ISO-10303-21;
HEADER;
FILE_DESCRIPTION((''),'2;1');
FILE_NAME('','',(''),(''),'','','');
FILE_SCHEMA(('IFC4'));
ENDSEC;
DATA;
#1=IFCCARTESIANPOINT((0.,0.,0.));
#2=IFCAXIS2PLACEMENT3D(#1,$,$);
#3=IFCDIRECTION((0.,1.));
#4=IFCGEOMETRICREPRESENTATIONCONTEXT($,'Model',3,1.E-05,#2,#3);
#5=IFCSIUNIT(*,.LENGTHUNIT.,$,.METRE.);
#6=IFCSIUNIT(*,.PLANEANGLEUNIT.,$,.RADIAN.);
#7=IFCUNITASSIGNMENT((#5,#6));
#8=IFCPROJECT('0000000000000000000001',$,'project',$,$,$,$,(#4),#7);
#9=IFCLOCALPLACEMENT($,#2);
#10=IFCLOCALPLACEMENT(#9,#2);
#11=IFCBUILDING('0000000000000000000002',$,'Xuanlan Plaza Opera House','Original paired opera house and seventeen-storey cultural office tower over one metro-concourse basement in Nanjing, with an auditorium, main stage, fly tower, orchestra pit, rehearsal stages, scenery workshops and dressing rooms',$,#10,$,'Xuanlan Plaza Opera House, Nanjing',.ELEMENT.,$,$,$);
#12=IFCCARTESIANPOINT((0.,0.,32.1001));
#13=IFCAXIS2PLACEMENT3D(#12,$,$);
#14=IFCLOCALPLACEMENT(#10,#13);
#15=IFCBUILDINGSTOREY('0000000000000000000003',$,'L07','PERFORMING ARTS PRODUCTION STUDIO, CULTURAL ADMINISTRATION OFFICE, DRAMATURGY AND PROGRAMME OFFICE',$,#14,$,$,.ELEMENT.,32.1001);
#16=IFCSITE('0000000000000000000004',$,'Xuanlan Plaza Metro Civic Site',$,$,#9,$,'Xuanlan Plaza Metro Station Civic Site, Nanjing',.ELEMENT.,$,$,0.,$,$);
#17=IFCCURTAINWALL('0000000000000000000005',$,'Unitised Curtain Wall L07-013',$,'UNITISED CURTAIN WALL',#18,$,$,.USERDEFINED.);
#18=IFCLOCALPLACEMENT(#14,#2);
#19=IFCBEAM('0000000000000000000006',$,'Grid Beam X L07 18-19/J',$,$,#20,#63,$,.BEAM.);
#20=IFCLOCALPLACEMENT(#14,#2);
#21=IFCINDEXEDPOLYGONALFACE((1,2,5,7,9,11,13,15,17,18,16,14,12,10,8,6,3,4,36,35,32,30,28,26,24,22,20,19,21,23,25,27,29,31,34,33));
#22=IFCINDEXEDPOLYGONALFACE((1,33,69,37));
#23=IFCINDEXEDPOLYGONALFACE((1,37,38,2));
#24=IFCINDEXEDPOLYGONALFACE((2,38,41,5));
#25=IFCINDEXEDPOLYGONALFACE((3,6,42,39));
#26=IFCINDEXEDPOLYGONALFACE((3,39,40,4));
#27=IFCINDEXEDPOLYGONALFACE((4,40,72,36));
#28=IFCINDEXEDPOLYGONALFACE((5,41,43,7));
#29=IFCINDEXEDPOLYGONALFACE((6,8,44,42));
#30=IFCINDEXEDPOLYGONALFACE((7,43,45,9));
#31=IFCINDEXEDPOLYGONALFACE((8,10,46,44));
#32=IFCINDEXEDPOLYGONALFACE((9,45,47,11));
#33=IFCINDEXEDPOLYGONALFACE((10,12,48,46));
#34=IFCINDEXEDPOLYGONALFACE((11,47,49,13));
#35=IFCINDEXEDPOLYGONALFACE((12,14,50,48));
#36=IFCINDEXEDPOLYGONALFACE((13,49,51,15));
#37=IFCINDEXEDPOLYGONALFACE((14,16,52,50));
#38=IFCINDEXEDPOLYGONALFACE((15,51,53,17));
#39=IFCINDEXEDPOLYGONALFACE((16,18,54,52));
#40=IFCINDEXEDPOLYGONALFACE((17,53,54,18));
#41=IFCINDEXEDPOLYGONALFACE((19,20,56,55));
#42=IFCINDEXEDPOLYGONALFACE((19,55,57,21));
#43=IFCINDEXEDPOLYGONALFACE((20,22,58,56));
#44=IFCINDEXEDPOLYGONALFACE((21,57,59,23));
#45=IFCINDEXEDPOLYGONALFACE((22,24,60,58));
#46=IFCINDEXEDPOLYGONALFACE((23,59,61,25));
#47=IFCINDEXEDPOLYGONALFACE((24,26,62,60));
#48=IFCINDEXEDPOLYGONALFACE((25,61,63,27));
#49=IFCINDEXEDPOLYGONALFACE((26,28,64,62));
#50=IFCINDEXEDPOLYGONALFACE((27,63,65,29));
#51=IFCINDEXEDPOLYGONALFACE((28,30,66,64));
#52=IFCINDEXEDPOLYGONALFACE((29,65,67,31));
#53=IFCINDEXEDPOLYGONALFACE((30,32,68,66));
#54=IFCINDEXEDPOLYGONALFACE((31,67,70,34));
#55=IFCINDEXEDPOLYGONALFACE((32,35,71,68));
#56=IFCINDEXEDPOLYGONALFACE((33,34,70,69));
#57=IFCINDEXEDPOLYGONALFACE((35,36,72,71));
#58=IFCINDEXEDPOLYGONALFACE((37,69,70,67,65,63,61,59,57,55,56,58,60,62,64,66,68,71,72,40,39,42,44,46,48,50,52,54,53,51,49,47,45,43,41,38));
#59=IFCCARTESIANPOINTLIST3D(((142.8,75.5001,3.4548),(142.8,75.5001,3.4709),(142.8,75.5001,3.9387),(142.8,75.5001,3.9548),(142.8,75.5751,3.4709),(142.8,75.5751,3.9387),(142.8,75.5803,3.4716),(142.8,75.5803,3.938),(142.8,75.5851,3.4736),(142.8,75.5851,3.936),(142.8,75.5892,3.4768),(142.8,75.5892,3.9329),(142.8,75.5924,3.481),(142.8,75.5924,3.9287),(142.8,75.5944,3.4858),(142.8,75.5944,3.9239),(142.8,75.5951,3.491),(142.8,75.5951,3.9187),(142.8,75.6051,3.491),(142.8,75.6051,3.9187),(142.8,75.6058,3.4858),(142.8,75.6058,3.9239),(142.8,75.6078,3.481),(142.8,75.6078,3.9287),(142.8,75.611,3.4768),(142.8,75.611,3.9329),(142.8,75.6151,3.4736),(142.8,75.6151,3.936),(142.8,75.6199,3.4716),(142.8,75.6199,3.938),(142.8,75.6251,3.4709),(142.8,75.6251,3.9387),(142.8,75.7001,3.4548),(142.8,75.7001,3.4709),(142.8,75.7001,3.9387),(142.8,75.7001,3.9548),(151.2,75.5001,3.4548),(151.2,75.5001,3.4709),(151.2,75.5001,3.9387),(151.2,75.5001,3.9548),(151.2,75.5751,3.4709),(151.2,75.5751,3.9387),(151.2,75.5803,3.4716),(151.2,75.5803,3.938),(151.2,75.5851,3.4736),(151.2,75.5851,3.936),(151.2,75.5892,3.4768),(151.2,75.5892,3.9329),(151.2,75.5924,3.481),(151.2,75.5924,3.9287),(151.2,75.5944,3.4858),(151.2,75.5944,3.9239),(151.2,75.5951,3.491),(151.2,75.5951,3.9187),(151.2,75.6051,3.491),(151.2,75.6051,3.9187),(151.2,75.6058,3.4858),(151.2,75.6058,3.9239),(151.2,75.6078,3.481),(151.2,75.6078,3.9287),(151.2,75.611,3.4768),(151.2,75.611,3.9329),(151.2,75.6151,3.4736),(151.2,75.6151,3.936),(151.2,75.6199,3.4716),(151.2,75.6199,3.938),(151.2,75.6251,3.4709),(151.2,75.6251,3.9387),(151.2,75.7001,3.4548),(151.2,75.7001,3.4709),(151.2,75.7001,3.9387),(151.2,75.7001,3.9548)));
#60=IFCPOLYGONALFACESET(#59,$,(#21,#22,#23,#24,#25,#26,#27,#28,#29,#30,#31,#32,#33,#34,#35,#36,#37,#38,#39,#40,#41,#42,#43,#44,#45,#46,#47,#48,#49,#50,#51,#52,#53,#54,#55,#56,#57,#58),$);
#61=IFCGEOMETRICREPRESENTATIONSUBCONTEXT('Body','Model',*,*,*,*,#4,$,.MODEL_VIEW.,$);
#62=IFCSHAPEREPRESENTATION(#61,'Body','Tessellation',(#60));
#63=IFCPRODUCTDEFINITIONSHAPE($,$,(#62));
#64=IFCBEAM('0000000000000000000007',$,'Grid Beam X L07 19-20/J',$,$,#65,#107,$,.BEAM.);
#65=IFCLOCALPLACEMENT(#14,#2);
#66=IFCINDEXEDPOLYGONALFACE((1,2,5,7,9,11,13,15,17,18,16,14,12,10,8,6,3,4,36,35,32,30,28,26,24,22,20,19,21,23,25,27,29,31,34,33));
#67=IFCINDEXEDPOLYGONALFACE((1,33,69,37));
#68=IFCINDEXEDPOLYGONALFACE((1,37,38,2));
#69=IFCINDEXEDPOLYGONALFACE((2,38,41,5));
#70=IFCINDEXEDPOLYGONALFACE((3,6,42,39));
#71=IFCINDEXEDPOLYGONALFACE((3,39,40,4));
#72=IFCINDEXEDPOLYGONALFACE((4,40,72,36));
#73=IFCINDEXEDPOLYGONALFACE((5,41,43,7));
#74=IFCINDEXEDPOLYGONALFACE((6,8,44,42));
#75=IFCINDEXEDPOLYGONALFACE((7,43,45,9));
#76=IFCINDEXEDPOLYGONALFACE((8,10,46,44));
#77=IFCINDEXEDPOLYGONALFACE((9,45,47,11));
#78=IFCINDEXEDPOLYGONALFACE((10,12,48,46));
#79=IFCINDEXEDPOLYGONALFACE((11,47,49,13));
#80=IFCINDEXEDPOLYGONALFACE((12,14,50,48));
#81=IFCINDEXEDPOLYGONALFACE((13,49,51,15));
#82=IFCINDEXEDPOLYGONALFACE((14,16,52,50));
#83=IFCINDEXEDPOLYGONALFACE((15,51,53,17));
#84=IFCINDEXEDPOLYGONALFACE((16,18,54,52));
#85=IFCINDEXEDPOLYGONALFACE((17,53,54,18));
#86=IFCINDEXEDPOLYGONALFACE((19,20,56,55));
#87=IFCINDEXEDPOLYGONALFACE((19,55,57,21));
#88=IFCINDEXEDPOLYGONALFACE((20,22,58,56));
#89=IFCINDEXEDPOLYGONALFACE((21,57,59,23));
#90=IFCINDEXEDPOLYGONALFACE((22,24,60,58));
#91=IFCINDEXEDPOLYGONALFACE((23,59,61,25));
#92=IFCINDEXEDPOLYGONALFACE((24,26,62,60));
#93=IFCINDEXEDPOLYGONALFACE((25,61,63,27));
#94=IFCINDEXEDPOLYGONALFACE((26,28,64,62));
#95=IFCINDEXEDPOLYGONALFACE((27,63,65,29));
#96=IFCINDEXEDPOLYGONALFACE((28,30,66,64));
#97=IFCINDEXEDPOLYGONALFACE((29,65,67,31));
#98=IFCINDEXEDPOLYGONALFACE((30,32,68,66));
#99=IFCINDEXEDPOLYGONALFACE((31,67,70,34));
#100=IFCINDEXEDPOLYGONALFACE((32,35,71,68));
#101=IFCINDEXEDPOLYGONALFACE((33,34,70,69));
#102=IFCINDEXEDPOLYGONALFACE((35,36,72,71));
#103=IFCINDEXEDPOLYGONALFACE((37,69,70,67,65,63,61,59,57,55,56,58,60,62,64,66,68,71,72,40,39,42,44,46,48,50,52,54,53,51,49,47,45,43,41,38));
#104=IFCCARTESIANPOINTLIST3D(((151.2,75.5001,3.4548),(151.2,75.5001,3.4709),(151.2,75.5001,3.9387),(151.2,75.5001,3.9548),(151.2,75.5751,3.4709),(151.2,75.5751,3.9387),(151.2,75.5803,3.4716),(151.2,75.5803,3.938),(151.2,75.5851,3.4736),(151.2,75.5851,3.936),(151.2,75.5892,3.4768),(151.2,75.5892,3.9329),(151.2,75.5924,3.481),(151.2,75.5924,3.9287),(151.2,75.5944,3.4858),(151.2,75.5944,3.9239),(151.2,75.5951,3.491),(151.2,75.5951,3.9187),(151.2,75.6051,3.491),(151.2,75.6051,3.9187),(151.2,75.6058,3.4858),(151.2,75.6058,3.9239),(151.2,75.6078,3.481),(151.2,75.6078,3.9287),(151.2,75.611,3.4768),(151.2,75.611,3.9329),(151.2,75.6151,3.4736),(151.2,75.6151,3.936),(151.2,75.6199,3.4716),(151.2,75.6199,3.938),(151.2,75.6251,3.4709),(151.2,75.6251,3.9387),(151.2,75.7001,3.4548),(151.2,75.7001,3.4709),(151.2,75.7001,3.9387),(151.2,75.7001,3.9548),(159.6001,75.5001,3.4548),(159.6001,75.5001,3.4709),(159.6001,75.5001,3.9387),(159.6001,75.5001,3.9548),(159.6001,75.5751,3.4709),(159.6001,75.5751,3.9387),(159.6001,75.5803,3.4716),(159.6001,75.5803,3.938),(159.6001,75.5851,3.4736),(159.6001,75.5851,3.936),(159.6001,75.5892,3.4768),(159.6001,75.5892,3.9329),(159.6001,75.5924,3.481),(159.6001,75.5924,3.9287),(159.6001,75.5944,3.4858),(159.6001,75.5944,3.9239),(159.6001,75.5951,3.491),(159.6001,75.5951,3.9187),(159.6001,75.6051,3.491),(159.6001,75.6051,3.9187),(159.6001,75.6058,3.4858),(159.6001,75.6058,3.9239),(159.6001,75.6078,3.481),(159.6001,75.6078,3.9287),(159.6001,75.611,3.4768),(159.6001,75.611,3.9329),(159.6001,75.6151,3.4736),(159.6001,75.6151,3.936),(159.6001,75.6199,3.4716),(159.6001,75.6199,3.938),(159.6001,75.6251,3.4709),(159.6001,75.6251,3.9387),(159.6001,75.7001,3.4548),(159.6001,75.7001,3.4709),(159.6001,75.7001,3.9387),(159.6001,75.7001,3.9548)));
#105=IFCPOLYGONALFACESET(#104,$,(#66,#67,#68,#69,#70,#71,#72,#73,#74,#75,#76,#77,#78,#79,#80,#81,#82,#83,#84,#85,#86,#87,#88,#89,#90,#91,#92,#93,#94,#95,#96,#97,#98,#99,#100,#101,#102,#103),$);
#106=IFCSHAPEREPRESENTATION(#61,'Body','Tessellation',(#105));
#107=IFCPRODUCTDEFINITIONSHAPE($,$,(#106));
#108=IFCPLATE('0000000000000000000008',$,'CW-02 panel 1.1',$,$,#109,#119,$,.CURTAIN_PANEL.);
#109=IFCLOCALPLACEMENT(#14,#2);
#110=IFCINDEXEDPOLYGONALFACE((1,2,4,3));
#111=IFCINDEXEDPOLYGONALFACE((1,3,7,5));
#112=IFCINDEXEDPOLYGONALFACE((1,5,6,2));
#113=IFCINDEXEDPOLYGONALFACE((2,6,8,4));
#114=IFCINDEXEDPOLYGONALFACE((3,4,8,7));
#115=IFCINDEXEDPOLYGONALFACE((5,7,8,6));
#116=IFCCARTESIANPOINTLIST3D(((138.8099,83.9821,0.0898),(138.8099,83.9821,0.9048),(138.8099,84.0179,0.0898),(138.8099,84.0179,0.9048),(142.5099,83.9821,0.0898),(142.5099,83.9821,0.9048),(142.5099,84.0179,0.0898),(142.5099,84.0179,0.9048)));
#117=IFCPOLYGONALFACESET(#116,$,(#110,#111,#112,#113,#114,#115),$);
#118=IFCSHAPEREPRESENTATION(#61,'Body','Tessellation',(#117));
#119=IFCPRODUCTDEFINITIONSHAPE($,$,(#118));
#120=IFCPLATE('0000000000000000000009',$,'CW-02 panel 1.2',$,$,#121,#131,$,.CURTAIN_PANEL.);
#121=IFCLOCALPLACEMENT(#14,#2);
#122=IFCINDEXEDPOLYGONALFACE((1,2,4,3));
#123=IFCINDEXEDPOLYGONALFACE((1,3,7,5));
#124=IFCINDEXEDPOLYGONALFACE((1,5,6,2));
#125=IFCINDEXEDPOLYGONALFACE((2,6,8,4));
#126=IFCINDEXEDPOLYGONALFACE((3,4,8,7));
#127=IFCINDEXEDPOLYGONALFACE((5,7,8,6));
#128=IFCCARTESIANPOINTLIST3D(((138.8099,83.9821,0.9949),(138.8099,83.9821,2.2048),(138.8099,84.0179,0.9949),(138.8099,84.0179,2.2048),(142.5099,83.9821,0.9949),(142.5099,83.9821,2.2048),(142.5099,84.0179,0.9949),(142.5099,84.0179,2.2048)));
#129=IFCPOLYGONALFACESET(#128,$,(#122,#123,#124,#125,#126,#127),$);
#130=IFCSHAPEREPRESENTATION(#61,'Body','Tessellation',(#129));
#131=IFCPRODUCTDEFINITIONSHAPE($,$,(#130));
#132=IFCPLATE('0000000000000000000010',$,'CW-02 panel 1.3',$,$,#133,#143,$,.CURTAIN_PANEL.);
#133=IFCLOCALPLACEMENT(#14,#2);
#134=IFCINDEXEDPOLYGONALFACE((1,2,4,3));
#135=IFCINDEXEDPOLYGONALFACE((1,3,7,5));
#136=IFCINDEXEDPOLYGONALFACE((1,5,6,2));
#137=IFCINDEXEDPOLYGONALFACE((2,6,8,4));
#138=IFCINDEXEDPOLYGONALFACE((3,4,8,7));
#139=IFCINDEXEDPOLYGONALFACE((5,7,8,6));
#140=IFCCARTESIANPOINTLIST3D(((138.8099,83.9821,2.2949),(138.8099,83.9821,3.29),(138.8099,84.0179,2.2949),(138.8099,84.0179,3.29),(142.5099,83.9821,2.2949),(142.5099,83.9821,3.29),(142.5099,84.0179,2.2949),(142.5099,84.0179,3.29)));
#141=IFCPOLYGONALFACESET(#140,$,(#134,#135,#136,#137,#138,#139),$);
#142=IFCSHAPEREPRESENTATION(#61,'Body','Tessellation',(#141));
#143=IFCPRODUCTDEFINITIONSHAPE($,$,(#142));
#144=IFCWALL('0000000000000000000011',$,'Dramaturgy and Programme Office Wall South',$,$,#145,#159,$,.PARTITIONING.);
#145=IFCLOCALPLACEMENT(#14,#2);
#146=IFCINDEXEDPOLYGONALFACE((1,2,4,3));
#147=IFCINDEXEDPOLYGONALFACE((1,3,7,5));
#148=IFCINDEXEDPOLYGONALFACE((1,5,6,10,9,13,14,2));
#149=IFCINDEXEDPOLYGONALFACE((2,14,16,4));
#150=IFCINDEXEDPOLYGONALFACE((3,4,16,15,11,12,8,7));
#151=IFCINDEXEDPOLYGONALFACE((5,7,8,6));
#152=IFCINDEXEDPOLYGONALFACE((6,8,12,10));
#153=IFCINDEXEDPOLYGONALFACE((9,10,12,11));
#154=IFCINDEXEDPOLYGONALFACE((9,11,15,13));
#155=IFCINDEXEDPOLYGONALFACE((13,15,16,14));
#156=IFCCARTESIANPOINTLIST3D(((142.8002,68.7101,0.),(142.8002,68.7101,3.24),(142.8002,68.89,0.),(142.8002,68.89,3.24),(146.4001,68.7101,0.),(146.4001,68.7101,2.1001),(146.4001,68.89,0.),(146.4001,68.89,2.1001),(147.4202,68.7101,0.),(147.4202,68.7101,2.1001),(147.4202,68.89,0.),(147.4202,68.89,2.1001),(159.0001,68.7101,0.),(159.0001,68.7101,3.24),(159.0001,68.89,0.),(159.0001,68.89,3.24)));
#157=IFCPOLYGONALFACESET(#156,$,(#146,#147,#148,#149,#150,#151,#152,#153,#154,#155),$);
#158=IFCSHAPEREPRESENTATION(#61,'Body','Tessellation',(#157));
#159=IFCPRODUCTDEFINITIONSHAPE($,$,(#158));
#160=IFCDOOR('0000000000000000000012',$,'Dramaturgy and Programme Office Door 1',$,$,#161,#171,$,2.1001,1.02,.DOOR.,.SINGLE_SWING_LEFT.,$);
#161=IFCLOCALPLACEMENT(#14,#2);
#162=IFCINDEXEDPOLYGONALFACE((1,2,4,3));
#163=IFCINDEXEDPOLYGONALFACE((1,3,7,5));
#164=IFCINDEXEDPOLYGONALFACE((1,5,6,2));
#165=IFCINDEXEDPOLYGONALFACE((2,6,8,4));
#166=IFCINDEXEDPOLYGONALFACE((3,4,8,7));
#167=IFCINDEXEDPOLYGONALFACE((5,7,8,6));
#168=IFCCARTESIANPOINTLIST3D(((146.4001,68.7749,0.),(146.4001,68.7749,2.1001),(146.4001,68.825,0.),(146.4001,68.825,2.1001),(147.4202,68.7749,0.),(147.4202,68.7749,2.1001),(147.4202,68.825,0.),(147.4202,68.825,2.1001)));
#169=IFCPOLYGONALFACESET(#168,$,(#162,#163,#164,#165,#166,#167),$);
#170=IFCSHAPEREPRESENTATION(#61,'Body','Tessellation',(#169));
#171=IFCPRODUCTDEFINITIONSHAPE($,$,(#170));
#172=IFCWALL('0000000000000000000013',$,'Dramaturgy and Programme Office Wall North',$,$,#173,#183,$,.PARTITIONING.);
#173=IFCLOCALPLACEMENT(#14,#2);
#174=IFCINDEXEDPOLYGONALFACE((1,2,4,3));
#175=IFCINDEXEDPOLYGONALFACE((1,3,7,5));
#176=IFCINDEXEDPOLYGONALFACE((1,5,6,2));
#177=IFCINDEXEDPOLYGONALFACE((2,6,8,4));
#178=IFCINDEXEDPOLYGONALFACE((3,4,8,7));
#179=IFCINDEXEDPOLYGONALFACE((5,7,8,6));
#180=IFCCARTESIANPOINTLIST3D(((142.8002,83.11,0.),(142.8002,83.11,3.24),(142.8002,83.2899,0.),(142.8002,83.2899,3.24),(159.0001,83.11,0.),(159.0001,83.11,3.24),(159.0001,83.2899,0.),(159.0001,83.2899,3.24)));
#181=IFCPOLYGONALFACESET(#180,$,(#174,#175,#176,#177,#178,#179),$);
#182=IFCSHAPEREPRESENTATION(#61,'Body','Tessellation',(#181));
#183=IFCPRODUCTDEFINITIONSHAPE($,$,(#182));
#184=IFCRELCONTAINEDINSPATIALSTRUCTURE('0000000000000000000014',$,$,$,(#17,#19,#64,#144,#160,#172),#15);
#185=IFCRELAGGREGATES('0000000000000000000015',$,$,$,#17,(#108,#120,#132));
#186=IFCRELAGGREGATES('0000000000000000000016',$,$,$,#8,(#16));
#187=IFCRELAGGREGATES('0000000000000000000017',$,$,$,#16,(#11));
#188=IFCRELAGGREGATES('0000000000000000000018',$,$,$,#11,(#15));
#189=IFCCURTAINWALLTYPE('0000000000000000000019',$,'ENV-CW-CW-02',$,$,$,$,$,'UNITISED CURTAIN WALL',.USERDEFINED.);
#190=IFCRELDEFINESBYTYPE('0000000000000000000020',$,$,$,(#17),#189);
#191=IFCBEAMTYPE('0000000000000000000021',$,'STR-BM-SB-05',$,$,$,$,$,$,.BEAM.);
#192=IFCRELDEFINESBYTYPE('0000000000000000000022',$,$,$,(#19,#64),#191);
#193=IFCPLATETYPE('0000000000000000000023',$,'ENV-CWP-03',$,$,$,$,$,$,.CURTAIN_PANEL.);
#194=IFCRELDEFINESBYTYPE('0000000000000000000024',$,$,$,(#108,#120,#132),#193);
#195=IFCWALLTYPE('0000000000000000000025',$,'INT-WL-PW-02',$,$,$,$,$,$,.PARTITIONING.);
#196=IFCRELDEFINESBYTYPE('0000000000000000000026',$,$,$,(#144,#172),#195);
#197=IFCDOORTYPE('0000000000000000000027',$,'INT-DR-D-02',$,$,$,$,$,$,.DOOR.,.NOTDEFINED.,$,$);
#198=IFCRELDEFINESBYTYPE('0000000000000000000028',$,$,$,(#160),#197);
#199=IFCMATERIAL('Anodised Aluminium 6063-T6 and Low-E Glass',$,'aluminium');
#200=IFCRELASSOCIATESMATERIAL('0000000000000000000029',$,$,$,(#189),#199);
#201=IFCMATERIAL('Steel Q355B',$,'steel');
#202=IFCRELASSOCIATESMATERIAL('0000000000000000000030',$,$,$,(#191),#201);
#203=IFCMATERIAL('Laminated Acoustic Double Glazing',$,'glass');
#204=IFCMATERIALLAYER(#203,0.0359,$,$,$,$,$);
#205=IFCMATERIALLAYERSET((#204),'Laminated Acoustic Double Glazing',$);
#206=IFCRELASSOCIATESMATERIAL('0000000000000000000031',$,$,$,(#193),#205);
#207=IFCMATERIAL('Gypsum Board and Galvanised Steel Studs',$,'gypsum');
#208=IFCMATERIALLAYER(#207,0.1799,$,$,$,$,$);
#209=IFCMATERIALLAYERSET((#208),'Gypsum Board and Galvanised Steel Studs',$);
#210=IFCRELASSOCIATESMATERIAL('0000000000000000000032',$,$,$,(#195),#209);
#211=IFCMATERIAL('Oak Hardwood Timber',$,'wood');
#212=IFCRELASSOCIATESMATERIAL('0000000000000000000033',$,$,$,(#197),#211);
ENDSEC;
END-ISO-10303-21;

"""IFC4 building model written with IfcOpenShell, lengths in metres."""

from ifc_helpers import new_model, si_unit, direction, frame, frame_2d, origin, origin_2d, place, context, subcontext, project, spatial, rectangle, i_section, extrude, material, layer, layer_set, material_profile, profile_set, type_object, element, fill, aggregate, save


model = new_model("IFC4")

# Units and contexts
model_context = context("Model", 3, precision=1e-05, world=origin(), true_north=direction((0.0, 1.0)))
body_context = subcontext(model_context, "Body", "Model", "MODEL_VIEW")
ifc_project = project(units=[si_unit("LENGTHUNIT", "METRE"), si_unit("PLANEANGLEUNIT", "RADIAN")], contexts=[model_context])

# Site, building, storey
site_placement = place(None, origin())
site = spatial("IfcSite", under=ifc_project, at=site_placement, Name="Xuanlan Plaza Metro Civic Site", LongName="Xuanlan Plaza Metro Station Civic Site, Nanjing", CompositionType="ELEMENT", RefElevation=0.0)
building_placement = place(site_placement, origin())
building = spatial("IfcBuilding", under=site, at=building_placement, Name="Xuanlan Plaza Opera House", Description="Original paired opera house and seventeen-storey cultural office tower over one metro-concourse basement in Nanjing, with an auditorium, main stage, fly tower, orchestra pit, rehearsal stages, scenery workshops and dressing rooms", LongName="Xuanlan Plaza Opera House, Nanjing", CompositionType="ELEMENT")
storey_placement = place(building_placement, frame((0.0, 0.0, 32.1001)))
storey = spatial("IfcBuildingStorey", under=building, at=storey_placement, Name="L07", Description="PERFORMING ARTS PRODUCTION STUDIO, CULTURAL ADMINISTRATION OFFICE, DRAMATURGY AND PROGRAMME OFFICE", CompositionType="ELEMENT", Elevation=32.1001)

# Shared definitions
ifc_material_1 = material(Name="Steel Q355B", Category="steel")

# Curtain wall
ifc_material_2 = material(Name="Anodised Aluminium 6063-T6 and Low-E Glass", Category="aluminium")
curtain_wall_type = type_object("IfcCurtainWallType", Name="ENV-CW-CW-02", ElementType="UNITISED CURTAIN WALL", PredefinedType="USERDEFINED", material=ifc_material_2)
curtain_wall_placement = place(storey_placement, origin())
curtain_wall = element("IfcCurtainWall", 1, at=curtain_wall_placement, inside=storey, type_object=curtain_wall_type, Name="Unitised Curtain Wall L07-013", ObjectType="UNITISED CURTAIN WALL", PredefinedType="USERDEFINED")

# Beams
ifc_material_profile_1 = material_profile(ifc_material_1, i_section(OverallWidth=0.2, OverallDepth=0.5, WebThickness=0.01, FlangeThickness=0.0161, FilletRadius=0.02, at=origin_2d()), Name="HN 500x200x10x16")
ifc_profile_set_1 = profile_set([ifc_material_profile_1], Name="Steel Q355B")
beam_type_1 = type_object("IfcBeamType", Name="STR-BM-SB-05", PredefinedType="BEAM", material=ifc_profile_set_1)
beam_1_placement = place(storey_placement, frame((142.8, 75.6001, 3.7048), z_axis=(1.0, 0.0, 0.0), x_axis=(0.0, 1.0, 0.0)))
element("IfcBeam", 2, at=beam_1_placement, inside=storey, type_object=beam_type_1, Name="Grid Beam X L07 18-19/J", PredefinedType="BEAM", context=body_context, shape_type="SweptSolid", body=[
    extrude(i_section(OverallWidth=0.2, OverallDepth=0.5, WebThickness=0.01, FlangeThickness=0.0161, FilletRadius=0.02, at=origin_2d()), origin(), (0.0, 0.0, 1.0), 8.3999),
])
beam_2_placement = place(storey_placement, frame((151.2, 75.6001, 3.7048), z_axis=(1.0, 0.0, 0.0), x_axis=(0.0, 1.0, 0.0)))
element("IfcBeam", 3, at=beam_2_placement, inside=storey, type_object=beam_type_1, Name="Grid Beam X L07 19-20/J", PredefinedType="BEAM", context=body_context, shape_type="SweptSolid", body=[
    extrude(i_section(OverallWidth=0.2, OverallDepth=0.5, WebThickness=0.01, FlangeThickness=0.0161, FilletRadius=0.02, at=origin_2d()), origin(), (0.0, 0.0, 1.0), 8.4001),
])

# Plates
ifc_material_3 = material(Name="Laminated Acoustic Double Glazing", Category="glass")
ifc_layer_1 = layer(ifc_material_3, 0.0359)
ifc_layer_set_1 = layer_set([ifc_layer_1], Name="Laminated Acoustic Double Glazing")
plate_type = type_object("IfcPlateType", Name="ENV-CWP-03", PredefinedType="CURTAIN_PANEL", material=ifc_layer_set_1)
plate_1_placement = place(storey_placement, frame((140.6599, 84.0, 0.0898), z_axis=(0.0, 0.0, 1.0), x_axis=(-1.0, 0.0, 0.0)))
plate_1 = element("IfcPlate", 4, at=plate_1_placement, type_object=plate_type, Name="CW-02 panel 1.1", PredefinedType="CURTAIN_PANEL", context=body_context, shape_type="SweptSolid", body=[
    extrude(rectangle(XDim=3.7, YDim=0.0359, at=origin_2d()), origin(), (0.0, 0.0, 1.0), 0.8149),
])
plate_2_placement = place(storey_placement, frame((140.6599, 84.0, 0.9949), z_axis=(0.0, 0.0, 1.0), x_axis=(-1.0, 0.0, 0.0)))
plate_2 = element("IfcPlate", 5, at=plate_2_placement, type_object=plate_type, Name="CW-02 panel 1.2", PredefinedType="CURTAIN_PANEL", context=body_context, shape_type="SweptSolid", body=[
    extrude(rectangle(XDim=3.7, YDim=0.0359, at=origin_2d()), origin(), (0.0, 0.0, 1.0), 1.21),
])
plate_3_placement = place(storey_placement, frame((140.6599, 84.0, 2.2949), z_axis=(0.0, 0.0, 1.0), x_axis=(-1.0, 0.0, 0.0)))
plate_3 = element("IfcPlate", 6, at=plate_3_placement, type_object=plate_type, Name="CW-02 panel 1.3", PredefinedType="CURTAIN_PANEL", context=body_context, shape_type="SweptSolid", body=[
    extrude(rectangle(XDim=3.7, YDim=0.0359, at=origin_2d()), origin(), (0.0, 0.0, 1.0), 0.9951),
])
aggregate(curtain_wall, [plate_1, plate_2, plate_3])

# Wall, opening, door
ifc_material_4 = material(Name="Gypsum Board and Galvanised Steel Studs", Category="gypsum")
ifc_layer_2 = layer(ifc_material_4, 0.1799)
ifc_layer_set_2 = layer_set([ifc_layer_2], Name="Gypsum Board and Galvanised Steel Studs")
wall_type_1 = type_object("IfcWallType", Name="INT-WL-PW-02", PredefinedType="PARTITIONING", material=ifc_layer_set_2)
wall_1_placement = place(storey_placement, frame((142.8, 68.8, 0.0), z_axis=(0.0, 0.0, 1.0), x_axis=(1.0, 0.0, 0.0)))
wall_1 = element("IfcWall", 7, at=wall_1_placement, inside=storey, type_object=wall_type_1, Name="Dramaturgy and Programme Office Wall South", PredefinedType="PARTITIONING", context=body_context, shape_type="SweptSolid", body=[
    extrude(rectangle(XDim=16.2, YDim=0.1799, at=frame_2d((8.1001, 0.0))), origin(), (0.0, 0.0, 1.0), 3.24),
])
opening_placement = place(wall_1_placement, frame((3.6001, 0.0, 0.0)))
opening = element("IfcOpeningElement", 8, at=opening_placement, cuts=wall_1, PredefinedType="OPENING", context=body_context, shape_type="SweptSolid", body=[
    extrude(rectangle(XDim=1.02, YDim=2.1001, at=frame_2d((0.51, 1.05))), frame((0.0, 0.0999, 0.0), z_axis=(0.0, -1.0, 0.0), x_axis=(1.0, 0.0, 0.0)), (0.0, 0.0, 1.0), 0.2),
])
ifc_material_5 = material(Name="Oak Hardwood Timber", Category="wood")
door_type = type_object("IfcDoorType", Name="INT-DR-D-02", OperationType="NOTDEFINED", PredefinedType="DOOR", material=ifc_material_5)
door_placement = place(opening_placement, origin())
door = element("IfcDoor", 9, at=door_placement, inside=storey, type_object=door_type, Name="Dramaturgy and Programme Office Door 1", OperationType="SINGLE_SWING_LEFT", OverallHeight=2.1001, OverallWidth=1.02, PredefinedType="DOOR", context=body_context, shape_type="SweptSolid", body=[
    extrude(rectangle(XDim=1.02, YDim=2.1001, at=frame_2d((0.51, 1.05))), frame((0.0, 0.0249, 0.0), z_axis=(0.0, -1.0, 0.0), x_axis=(1.0, 0.0, 0.0)), (0.0, 0.0, 1.0), 0.05),
])
fill(opening, door)

# Wall
wall_2_placement = place(storey_placement, frame((142.8, 83.2, 0.0), z_axis=(0.0, 0.0, 1.0), x_axis=(1.0, 0.0, 0.0)))
element("IfcWall", 10, at=wall_2_placement, inside=storey, type_object=wall_type_1, Name="Dramaturgy and Programme Office Wall North", PredefinedType="PARTITIONING", context=body_context, shape_type="SweptSolid", body=[
    extrude(rectangle(XDim=16.2, YDim=0.1799, at=frame_2d((8.1001, 0.0))), origin(), (0.0, 0.0, 1.0), 3.24),
])

save(model, "model.ifc")
